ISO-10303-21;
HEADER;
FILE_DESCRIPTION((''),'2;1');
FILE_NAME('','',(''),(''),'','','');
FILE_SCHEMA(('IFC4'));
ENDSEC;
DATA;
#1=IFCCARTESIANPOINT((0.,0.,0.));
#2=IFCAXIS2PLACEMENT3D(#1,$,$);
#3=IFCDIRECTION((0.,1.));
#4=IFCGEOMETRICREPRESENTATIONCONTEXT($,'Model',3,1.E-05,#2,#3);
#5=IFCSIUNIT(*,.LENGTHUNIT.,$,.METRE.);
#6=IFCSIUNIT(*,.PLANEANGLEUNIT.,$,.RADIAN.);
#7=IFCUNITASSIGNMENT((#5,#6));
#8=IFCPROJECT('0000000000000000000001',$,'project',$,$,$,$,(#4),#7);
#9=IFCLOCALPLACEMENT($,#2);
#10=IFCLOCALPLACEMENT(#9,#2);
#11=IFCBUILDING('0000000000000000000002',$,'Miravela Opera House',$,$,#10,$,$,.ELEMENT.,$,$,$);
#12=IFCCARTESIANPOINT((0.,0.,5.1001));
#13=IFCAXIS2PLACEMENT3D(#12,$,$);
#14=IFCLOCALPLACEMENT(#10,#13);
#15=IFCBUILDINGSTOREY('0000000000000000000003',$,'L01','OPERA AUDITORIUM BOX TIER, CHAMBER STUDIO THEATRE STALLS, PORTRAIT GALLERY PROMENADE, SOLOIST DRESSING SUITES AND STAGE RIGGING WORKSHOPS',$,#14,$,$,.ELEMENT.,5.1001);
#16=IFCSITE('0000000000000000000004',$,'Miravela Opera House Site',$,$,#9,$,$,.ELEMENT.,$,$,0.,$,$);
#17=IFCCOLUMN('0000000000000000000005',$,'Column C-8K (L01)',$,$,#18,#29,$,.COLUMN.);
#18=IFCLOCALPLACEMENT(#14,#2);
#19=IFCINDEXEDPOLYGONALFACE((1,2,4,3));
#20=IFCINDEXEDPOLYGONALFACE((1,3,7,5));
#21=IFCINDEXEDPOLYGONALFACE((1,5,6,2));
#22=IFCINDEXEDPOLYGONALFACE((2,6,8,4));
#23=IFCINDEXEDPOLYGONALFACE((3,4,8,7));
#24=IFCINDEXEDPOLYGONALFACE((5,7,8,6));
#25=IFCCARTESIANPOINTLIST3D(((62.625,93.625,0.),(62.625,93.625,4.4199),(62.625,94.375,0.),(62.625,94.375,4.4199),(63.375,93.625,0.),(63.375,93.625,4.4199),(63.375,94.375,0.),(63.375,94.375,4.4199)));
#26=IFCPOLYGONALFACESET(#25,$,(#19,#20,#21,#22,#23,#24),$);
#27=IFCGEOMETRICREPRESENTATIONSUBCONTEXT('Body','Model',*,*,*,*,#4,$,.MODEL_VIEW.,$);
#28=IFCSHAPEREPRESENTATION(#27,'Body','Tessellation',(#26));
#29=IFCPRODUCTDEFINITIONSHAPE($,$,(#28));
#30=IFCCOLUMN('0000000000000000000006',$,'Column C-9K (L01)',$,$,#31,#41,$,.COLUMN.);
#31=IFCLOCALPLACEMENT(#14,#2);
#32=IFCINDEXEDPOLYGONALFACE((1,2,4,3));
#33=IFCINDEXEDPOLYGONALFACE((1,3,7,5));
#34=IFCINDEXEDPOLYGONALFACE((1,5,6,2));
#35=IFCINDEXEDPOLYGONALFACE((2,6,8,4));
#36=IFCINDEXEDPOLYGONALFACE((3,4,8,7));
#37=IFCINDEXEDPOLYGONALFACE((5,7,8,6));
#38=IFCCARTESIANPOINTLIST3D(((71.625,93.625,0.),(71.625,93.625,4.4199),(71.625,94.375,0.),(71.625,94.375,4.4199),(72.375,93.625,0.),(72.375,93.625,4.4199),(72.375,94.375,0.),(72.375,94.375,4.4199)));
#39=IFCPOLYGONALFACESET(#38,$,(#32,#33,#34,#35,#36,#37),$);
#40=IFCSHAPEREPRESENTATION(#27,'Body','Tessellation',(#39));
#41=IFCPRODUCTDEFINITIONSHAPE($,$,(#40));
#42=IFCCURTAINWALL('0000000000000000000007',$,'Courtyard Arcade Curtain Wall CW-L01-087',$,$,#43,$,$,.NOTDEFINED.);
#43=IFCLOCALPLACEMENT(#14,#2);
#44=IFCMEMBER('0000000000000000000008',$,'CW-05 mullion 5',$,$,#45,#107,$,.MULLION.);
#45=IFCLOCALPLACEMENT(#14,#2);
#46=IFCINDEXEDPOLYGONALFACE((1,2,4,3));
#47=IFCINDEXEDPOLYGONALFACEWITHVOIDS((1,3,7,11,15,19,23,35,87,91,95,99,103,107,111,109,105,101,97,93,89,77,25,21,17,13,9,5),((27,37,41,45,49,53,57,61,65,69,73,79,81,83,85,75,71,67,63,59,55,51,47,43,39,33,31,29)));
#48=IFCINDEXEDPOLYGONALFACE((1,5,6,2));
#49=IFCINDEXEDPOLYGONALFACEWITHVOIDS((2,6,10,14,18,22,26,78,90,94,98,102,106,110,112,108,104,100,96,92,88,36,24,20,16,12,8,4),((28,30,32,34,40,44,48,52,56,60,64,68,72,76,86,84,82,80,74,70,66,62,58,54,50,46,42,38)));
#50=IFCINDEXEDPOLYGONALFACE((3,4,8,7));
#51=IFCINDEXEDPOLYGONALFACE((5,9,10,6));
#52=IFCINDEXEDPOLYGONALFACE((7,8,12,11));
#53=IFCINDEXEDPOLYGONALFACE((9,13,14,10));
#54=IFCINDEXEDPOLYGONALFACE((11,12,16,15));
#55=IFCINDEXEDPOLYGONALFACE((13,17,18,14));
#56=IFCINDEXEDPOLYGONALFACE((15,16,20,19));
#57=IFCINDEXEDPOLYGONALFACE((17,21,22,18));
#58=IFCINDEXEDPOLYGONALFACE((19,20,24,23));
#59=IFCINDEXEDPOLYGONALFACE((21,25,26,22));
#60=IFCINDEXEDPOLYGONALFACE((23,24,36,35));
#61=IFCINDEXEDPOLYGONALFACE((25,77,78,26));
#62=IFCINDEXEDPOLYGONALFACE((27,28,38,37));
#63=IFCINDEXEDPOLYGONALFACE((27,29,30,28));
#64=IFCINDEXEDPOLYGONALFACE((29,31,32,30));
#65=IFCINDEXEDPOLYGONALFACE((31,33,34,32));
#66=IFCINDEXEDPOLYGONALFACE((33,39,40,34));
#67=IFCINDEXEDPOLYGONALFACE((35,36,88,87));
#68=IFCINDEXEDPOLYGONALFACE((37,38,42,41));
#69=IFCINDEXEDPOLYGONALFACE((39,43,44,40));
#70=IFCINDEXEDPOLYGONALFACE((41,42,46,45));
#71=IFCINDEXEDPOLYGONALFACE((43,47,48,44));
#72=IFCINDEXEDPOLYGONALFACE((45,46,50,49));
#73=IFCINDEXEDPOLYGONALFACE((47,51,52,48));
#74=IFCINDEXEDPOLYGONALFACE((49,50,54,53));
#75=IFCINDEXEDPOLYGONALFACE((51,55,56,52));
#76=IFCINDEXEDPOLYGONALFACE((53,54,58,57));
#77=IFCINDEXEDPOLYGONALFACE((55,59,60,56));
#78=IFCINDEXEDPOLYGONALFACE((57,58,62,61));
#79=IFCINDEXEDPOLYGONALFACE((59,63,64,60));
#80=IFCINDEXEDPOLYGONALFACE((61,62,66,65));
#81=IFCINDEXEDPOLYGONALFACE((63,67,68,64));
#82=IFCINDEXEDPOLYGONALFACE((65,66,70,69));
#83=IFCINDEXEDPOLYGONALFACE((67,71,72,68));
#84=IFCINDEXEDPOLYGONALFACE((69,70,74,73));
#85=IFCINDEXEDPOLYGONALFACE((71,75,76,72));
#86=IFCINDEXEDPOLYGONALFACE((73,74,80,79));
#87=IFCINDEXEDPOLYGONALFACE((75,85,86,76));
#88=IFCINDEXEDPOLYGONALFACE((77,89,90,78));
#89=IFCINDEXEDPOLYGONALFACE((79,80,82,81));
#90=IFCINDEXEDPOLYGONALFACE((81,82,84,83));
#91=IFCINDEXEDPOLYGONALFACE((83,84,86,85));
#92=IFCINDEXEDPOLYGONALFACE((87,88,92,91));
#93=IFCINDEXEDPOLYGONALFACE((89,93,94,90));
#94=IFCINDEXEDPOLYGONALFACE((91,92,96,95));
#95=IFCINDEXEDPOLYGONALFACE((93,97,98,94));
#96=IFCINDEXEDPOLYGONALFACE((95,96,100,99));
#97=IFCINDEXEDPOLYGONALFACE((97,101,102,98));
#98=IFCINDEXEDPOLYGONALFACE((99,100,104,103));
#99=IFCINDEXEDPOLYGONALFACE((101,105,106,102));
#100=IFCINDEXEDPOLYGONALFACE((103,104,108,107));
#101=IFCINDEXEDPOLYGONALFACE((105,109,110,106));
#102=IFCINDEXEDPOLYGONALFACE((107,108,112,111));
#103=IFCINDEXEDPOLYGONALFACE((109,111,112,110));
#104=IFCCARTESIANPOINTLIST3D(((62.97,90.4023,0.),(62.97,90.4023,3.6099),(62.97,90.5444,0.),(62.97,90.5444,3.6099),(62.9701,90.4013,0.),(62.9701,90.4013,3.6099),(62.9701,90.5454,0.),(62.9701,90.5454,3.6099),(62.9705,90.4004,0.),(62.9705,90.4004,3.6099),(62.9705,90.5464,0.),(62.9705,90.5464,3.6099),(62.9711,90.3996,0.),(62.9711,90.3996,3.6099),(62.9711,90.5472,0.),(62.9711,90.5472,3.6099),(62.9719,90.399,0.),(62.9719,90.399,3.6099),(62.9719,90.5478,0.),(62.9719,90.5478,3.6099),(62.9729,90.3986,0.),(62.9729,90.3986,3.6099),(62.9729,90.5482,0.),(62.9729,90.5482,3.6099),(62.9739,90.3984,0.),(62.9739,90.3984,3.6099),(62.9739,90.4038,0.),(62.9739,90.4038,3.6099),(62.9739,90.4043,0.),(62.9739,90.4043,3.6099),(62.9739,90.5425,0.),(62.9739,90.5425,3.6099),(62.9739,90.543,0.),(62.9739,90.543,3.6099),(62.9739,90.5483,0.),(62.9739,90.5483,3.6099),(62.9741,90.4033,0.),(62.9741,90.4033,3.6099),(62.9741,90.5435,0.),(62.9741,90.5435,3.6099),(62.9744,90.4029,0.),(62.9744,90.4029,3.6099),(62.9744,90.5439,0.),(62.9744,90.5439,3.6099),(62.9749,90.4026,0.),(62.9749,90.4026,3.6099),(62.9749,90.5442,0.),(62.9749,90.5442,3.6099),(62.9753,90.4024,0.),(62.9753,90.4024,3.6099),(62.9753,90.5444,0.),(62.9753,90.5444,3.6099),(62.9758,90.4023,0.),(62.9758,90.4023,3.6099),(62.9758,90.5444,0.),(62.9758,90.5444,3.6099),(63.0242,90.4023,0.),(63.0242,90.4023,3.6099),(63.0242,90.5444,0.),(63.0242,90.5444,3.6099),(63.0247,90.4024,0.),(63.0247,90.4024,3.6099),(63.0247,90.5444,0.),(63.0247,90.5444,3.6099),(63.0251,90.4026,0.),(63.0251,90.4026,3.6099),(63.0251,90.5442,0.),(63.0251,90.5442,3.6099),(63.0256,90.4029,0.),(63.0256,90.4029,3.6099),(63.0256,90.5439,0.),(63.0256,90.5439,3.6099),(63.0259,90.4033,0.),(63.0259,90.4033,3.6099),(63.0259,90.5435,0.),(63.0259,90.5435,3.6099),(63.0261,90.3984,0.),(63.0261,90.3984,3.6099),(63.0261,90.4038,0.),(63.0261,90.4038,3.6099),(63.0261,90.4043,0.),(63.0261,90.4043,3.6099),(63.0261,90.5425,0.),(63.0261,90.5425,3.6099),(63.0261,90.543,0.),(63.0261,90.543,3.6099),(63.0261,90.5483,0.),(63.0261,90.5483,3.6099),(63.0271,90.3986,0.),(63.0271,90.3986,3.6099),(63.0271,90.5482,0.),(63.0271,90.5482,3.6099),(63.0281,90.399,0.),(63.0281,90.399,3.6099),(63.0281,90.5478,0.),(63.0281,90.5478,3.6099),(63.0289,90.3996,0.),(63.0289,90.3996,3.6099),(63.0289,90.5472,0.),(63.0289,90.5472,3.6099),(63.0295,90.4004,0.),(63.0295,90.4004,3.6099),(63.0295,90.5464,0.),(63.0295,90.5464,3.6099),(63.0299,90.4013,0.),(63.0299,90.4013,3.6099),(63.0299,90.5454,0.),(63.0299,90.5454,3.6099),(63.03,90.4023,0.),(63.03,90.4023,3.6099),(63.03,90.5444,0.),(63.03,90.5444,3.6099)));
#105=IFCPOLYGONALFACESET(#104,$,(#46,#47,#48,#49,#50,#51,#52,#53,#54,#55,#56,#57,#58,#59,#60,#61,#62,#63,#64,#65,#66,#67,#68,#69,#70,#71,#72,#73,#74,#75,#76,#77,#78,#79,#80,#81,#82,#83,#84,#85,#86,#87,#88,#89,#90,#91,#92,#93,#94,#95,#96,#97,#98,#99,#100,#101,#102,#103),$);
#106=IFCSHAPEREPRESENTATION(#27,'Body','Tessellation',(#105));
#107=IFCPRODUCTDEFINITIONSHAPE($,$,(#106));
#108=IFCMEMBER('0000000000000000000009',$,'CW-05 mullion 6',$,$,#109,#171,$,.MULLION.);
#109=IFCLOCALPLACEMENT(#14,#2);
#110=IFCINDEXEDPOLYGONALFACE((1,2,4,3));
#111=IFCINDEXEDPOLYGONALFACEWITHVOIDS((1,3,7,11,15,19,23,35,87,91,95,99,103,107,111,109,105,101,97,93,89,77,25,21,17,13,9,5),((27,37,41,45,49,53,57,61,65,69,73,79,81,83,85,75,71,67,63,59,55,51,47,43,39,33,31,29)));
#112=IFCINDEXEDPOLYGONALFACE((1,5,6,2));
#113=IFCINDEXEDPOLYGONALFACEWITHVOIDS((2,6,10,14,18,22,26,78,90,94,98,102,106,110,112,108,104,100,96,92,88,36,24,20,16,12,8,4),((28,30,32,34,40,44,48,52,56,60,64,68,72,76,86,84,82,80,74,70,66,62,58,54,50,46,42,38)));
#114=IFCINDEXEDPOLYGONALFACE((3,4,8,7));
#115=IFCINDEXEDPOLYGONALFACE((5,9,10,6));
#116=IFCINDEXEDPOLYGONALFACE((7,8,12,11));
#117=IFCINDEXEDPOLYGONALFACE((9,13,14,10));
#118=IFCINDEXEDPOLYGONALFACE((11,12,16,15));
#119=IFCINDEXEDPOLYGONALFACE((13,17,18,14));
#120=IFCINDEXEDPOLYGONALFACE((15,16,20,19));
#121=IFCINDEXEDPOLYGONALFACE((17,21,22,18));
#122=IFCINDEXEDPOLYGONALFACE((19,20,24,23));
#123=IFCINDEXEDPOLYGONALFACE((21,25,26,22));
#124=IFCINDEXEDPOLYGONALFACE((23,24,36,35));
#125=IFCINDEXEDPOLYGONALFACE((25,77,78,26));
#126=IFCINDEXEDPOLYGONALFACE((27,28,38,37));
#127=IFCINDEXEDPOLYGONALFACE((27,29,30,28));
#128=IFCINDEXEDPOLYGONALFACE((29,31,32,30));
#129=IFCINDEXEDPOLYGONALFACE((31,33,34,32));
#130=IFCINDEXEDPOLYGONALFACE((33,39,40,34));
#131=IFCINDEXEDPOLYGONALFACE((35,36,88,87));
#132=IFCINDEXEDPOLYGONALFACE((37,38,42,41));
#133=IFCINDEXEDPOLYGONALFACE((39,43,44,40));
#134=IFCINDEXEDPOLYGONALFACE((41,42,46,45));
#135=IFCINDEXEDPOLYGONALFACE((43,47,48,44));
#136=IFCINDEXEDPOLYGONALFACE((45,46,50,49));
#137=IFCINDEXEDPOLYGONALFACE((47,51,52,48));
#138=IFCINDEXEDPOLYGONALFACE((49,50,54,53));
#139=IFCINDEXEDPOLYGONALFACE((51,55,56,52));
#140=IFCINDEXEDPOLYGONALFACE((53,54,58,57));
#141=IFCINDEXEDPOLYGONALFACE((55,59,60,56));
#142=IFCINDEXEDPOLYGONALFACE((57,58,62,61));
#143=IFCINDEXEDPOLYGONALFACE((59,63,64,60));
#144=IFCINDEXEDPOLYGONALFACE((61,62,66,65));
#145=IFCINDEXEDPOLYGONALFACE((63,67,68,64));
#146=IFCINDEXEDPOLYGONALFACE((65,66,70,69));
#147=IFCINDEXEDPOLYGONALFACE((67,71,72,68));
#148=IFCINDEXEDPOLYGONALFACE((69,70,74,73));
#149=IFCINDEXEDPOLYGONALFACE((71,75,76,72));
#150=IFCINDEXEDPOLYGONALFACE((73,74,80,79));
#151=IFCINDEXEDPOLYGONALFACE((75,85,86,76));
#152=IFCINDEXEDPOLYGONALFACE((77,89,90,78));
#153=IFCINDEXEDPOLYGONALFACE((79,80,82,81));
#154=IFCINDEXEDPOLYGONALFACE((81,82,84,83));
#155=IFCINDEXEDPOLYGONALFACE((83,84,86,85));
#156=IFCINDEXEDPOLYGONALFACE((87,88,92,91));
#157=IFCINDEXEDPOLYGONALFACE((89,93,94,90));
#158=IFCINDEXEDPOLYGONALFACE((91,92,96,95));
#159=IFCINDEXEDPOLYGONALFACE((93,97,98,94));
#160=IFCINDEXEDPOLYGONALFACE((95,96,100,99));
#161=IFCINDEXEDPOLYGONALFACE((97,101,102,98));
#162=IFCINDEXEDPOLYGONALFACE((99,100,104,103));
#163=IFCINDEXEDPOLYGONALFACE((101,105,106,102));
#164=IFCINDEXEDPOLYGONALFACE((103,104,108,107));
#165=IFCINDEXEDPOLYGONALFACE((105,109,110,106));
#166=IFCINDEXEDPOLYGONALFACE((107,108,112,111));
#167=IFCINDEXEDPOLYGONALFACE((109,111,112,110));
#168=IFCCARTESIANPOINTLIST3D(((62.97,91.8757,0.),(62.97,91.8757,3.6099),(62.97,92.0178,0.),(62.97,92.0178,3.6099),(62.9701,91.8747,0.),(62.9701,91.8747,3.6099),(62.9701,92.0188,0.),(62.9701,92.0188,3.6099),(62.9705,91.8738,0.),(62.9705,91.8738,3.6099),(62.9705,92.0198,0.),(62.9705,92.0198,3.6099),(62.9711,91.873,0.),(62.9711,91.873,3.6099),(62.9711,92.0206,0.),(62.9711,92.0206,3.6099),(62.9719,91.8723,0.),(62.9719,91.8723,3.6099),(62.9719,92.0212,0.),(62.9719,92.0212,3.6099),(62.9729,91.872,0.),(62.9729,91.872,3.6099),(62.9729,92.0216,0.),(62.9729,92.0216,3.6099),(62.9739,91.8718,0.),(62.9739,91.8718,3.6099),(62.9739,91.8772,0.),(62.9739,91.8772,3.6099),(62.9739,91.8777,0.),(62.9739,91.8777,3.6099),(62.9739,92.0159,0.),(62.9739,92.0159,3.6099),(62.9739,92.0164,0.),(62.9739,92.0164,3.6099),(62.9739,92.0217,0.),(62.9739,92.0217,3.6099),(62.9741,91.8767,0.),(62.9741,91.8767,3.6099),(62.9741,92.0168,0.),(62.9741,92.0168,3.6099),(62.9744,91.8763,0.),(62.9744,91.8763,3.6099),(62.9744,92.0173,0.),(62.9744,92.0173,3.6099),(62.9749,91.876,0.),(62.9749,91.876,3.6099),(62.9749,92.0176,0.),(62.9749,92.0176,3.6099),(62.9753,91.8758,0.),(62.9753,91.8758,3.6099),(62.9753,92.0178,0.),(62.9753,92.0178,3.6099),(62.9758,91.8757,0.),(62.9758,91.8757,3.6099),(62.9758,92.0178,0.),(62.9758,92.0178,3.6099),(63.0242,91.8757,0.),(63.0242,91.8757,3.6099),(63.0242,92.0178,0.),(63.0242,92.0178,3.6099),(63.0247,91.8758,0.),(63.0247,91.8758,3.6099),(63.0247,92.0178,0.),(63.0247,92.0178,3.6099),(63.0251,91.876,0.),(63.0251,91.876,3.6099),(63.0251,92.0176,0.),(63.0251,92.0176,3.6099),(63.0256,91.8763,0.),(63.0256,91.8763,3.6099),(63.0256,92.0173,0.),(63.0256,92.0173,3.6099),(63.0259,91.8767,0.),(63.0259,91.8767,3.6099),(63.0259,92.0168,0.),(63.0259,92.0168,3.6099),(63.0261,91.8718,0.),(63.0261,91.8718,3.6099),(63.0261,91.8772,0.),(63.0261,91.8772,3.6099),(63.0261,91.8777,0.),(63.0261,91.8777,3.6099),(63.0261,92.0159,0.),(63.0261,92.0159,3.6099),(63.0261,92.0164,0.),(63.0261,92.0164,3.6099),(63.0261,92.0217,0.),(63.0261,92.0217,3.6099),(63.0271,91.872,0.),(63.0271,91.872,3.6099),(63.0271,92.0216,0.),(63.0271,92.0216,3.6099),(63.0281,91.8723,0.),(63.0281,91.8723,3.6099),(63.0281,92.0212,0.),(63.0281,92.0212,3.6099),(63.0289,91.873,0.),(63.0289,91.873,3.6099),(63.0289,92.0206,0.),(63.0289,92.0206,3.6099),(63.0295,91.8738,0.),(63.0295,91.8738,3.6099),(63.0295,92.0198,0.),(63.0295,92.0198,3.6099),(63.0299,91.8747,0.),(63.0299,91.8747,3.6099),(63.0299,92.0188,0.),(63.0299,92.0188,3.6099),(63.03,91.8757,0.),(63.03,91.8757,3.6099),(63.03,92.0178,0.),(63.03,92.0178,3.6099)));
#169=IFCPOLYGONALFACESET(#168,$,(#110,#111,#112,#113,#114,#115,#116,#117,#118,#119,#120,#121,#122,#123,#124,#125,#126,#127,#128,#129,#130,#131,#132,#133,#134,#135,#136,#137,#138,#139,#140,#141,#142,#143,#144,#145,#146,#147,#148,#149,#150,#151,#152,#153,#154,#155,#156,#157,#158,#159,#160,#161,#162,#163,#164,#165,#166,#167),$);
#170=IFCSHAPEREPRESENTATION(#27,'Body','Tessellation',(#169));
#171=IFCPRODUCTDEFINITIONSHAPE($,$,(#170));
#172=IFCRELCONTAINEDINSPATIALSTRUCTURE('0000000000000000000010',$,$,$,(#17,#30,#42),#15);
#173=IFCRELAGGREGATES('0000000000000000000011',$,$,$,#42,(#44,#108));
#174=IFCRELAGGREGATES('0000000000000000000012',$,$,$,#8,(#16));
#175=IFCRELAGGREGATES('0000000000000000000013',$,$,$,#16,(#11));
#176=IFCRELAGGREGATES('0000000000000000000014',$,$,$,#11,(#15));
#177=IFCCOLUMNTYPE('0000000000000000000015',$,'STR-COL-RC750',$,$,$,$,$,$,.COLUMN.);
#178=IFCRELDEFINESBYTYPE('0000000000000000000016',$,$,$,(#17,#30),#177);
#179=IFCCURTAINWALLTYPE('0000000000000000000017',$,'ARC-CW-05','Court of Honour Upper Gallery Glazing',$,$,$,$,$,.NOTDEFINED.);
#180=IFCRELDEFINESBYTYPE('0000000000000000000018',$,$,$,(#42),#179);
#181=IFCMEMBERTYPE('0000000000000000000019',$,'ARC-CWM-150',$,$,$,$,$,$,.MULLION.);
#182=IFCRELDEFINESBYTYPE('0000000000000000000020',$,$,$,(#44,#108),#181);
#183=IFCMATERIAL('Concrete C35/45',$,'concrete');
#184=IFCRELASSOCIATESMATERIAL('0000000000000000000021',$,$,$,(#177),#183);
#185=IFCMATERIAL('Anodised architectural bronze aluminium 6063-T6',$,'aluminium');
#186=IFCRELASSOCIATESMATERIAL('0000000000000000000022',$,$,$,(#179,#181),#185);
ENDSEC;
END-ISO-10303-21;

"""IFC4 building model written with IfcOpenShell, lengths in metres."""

from ifc_helpers import new_model, si_unit, direction, frame, origin, origin_2d, place, context, subcontext, project, spatial, rectangle, hollow_rectangle, extrude, material, material_profile, profile_set, type_object, element, aggregate, save


model = new_model("IFC4")

# Units and contexts
model_context = context("Model", 3, precision=1e-05, world=origin(), true_north=direction((0.0, 1.0)))
body_context = subcontext(model_context, "Body", "Model", "MODEL_VIEW")
ifc_project = project(units=[si_unit("LENGTHUNIT", "METRE"), si_unit("PLANEANGLEUNIT", "RADIAN")], contexts=[model_context])

# Site, building, storey
site_placement = place(None, origin())
site = spatial("IfcSite", under=ifc_project, at=site_placement, Name="Miravela Opera House Site", CompositionType="ELEMENT", RefElevation=0.0)
building_placement = place(site_placement, origin())
building = spatial("IfcBuilding", under=site, at=building_placement, Name="Miravela Opera House", CompositionType="ELEMENT")
storey_placement = place(building_placement, frame((0.0, 0.0, 5.1001)))
storey = spatial("IfcBuildingStorey", under=building, at=storey_placement, Name="L01", Description="OPERA AUDITORIUM BOX TIER, CHAMBER STUDIO THEATRE STALLS, PORTRAIT GALLERY PROMENADE, SOLOIST DRESSING SUITES AND STAGE RIGGING WORKSHOPS", CompositionType="ELEMENT", Elevation=5.1001)

# Columns
ifc_material_1 = material(Name="Concrete C35/45", Category="concrete")
ifc_material_profile_1 = material_profile(ifc_material_1, rectangle(XDim=0.75, YDim=0.75, at=origin_2d()), Name="RC-COL-750X750")
ifc_profile_set_1 = profile_set([ifc_material_profile_1])
column_type = type_object("IfcColumnType", Name="STR-COL-RC750", PredefinedType="COLUMN", material=ifc_profile_set_1)
for number, where, z_axis, x_axis, name in (
    (1, (63.0, 94.0, 0.0), (0.0, 0.0, 1.0), (1.0, 0.0, 0.0), "Column C-8K (L01)"),
    (2, (72.0, 94.0, 0.0), (0.0, 0.0, 1.0), (1.0, 0.0, 0.0), "Column C-9K (L01)"),
):
    element("IfcColumn", number, at=place(storey_placement, frame(where, z_axis=z_axis, x_axis=x_axis)), inside=storey, type_object=column_type, Name=name, PredefinedType="COLUMN", context=body_context, shape_type="SweptSolid", body=[
        extrude(rectangle(XDim=0.75, YDim=0.75, at=origin_2d()), origin(), (0.0, 0.0, 1.0), 4.4199),
    ])

# Curtain wall, members
ifc_material_2 = material(Name="Anodised architectural bronze aluminium 6063-T6", Category="aluminium")
curtain_wall_type = type_object("IfcCurtainWallType", Name="ARC-CW-05", Description="Court of Honour Upper Gallery Glazing", PredefinedType="NOTDEFINED", material=ifc_material_2)
curtain_wall_placement = place(storey_placement, origin())
curtain_wall = element("IfcCurtainWall", 3, at=curtain_wall_placement, inside=storey, type_object=curtain_wall_type, Name="Courtyard Arcade Curtain Wall CW-L01-087", PredefinedType="NOTDEFINED")
ifc_material_profile_2 = material_profile(ifc_material_2, hollow_rectangle(XDim=0.0601, YDim=0.1499, WallThickness=0.0039, InnerFilletRadius=0.002, OuterFilletRadius=0.0039, at=origin_2d()), Name="CWM-60X150")
ifc_profile_set_2 = profile_set([ifc_material_profile_2])
member_type_1 = type_object("IfcMemberType", Name="ARC-CWM-150", PredefinedType="MULLION", material=ifc_profile_set_2)
member_1_placement = place(storey_placement, frame((63.0, 90.4734, 0.0), z_axis=(0.0, 0.0, 1.0), x_axis=(-1.0, 0.0, 0.0)))
member_1 = element("IfcMember", 4, at=member_1_placement, type_object=member_type_1, Name="CW-05 mullion 5", PredefinedType="MULLION", context=body_context, shape_type="SweptSolid", body=[
    extrude(hollow_rectangle(XDim=0.0601, YDim=0.1499, WallThickness=0.0039, InnerFilletRadius=0.002, OuterFilletRadius=0.0039, at=origin_2d()), origin(), (0.0, 0.0, 1.0), 3.6099),
])
member_2_placement = place(storey_placement, frame((63.0, 91.9468, 0.0), z_axis=(0.0, 0.0, 1.0), x_axis=(-1.0, 0.0, 0.0)))
member_2 = element("IfcMember", 5, at=member_2_placement, type_object=member_type_1, Name="CW-05 mullion 6", PredefinedType="MULLION", context=body_context, shape_type="SweptSolid", body=[
    extrude(hollow_rectangle(XDim=0.0601, YDim=0.1499, WallThickness=0.0039, InnerFilletRadius=0.002, OuterFilletRadius=0.0039, at=origin_2d()), origin(), (0.0, 0.0, 1.0), 3.6099),
])

aggregate(curtain_wall, [member_1, member_2])

save(model, "model.ifc")
